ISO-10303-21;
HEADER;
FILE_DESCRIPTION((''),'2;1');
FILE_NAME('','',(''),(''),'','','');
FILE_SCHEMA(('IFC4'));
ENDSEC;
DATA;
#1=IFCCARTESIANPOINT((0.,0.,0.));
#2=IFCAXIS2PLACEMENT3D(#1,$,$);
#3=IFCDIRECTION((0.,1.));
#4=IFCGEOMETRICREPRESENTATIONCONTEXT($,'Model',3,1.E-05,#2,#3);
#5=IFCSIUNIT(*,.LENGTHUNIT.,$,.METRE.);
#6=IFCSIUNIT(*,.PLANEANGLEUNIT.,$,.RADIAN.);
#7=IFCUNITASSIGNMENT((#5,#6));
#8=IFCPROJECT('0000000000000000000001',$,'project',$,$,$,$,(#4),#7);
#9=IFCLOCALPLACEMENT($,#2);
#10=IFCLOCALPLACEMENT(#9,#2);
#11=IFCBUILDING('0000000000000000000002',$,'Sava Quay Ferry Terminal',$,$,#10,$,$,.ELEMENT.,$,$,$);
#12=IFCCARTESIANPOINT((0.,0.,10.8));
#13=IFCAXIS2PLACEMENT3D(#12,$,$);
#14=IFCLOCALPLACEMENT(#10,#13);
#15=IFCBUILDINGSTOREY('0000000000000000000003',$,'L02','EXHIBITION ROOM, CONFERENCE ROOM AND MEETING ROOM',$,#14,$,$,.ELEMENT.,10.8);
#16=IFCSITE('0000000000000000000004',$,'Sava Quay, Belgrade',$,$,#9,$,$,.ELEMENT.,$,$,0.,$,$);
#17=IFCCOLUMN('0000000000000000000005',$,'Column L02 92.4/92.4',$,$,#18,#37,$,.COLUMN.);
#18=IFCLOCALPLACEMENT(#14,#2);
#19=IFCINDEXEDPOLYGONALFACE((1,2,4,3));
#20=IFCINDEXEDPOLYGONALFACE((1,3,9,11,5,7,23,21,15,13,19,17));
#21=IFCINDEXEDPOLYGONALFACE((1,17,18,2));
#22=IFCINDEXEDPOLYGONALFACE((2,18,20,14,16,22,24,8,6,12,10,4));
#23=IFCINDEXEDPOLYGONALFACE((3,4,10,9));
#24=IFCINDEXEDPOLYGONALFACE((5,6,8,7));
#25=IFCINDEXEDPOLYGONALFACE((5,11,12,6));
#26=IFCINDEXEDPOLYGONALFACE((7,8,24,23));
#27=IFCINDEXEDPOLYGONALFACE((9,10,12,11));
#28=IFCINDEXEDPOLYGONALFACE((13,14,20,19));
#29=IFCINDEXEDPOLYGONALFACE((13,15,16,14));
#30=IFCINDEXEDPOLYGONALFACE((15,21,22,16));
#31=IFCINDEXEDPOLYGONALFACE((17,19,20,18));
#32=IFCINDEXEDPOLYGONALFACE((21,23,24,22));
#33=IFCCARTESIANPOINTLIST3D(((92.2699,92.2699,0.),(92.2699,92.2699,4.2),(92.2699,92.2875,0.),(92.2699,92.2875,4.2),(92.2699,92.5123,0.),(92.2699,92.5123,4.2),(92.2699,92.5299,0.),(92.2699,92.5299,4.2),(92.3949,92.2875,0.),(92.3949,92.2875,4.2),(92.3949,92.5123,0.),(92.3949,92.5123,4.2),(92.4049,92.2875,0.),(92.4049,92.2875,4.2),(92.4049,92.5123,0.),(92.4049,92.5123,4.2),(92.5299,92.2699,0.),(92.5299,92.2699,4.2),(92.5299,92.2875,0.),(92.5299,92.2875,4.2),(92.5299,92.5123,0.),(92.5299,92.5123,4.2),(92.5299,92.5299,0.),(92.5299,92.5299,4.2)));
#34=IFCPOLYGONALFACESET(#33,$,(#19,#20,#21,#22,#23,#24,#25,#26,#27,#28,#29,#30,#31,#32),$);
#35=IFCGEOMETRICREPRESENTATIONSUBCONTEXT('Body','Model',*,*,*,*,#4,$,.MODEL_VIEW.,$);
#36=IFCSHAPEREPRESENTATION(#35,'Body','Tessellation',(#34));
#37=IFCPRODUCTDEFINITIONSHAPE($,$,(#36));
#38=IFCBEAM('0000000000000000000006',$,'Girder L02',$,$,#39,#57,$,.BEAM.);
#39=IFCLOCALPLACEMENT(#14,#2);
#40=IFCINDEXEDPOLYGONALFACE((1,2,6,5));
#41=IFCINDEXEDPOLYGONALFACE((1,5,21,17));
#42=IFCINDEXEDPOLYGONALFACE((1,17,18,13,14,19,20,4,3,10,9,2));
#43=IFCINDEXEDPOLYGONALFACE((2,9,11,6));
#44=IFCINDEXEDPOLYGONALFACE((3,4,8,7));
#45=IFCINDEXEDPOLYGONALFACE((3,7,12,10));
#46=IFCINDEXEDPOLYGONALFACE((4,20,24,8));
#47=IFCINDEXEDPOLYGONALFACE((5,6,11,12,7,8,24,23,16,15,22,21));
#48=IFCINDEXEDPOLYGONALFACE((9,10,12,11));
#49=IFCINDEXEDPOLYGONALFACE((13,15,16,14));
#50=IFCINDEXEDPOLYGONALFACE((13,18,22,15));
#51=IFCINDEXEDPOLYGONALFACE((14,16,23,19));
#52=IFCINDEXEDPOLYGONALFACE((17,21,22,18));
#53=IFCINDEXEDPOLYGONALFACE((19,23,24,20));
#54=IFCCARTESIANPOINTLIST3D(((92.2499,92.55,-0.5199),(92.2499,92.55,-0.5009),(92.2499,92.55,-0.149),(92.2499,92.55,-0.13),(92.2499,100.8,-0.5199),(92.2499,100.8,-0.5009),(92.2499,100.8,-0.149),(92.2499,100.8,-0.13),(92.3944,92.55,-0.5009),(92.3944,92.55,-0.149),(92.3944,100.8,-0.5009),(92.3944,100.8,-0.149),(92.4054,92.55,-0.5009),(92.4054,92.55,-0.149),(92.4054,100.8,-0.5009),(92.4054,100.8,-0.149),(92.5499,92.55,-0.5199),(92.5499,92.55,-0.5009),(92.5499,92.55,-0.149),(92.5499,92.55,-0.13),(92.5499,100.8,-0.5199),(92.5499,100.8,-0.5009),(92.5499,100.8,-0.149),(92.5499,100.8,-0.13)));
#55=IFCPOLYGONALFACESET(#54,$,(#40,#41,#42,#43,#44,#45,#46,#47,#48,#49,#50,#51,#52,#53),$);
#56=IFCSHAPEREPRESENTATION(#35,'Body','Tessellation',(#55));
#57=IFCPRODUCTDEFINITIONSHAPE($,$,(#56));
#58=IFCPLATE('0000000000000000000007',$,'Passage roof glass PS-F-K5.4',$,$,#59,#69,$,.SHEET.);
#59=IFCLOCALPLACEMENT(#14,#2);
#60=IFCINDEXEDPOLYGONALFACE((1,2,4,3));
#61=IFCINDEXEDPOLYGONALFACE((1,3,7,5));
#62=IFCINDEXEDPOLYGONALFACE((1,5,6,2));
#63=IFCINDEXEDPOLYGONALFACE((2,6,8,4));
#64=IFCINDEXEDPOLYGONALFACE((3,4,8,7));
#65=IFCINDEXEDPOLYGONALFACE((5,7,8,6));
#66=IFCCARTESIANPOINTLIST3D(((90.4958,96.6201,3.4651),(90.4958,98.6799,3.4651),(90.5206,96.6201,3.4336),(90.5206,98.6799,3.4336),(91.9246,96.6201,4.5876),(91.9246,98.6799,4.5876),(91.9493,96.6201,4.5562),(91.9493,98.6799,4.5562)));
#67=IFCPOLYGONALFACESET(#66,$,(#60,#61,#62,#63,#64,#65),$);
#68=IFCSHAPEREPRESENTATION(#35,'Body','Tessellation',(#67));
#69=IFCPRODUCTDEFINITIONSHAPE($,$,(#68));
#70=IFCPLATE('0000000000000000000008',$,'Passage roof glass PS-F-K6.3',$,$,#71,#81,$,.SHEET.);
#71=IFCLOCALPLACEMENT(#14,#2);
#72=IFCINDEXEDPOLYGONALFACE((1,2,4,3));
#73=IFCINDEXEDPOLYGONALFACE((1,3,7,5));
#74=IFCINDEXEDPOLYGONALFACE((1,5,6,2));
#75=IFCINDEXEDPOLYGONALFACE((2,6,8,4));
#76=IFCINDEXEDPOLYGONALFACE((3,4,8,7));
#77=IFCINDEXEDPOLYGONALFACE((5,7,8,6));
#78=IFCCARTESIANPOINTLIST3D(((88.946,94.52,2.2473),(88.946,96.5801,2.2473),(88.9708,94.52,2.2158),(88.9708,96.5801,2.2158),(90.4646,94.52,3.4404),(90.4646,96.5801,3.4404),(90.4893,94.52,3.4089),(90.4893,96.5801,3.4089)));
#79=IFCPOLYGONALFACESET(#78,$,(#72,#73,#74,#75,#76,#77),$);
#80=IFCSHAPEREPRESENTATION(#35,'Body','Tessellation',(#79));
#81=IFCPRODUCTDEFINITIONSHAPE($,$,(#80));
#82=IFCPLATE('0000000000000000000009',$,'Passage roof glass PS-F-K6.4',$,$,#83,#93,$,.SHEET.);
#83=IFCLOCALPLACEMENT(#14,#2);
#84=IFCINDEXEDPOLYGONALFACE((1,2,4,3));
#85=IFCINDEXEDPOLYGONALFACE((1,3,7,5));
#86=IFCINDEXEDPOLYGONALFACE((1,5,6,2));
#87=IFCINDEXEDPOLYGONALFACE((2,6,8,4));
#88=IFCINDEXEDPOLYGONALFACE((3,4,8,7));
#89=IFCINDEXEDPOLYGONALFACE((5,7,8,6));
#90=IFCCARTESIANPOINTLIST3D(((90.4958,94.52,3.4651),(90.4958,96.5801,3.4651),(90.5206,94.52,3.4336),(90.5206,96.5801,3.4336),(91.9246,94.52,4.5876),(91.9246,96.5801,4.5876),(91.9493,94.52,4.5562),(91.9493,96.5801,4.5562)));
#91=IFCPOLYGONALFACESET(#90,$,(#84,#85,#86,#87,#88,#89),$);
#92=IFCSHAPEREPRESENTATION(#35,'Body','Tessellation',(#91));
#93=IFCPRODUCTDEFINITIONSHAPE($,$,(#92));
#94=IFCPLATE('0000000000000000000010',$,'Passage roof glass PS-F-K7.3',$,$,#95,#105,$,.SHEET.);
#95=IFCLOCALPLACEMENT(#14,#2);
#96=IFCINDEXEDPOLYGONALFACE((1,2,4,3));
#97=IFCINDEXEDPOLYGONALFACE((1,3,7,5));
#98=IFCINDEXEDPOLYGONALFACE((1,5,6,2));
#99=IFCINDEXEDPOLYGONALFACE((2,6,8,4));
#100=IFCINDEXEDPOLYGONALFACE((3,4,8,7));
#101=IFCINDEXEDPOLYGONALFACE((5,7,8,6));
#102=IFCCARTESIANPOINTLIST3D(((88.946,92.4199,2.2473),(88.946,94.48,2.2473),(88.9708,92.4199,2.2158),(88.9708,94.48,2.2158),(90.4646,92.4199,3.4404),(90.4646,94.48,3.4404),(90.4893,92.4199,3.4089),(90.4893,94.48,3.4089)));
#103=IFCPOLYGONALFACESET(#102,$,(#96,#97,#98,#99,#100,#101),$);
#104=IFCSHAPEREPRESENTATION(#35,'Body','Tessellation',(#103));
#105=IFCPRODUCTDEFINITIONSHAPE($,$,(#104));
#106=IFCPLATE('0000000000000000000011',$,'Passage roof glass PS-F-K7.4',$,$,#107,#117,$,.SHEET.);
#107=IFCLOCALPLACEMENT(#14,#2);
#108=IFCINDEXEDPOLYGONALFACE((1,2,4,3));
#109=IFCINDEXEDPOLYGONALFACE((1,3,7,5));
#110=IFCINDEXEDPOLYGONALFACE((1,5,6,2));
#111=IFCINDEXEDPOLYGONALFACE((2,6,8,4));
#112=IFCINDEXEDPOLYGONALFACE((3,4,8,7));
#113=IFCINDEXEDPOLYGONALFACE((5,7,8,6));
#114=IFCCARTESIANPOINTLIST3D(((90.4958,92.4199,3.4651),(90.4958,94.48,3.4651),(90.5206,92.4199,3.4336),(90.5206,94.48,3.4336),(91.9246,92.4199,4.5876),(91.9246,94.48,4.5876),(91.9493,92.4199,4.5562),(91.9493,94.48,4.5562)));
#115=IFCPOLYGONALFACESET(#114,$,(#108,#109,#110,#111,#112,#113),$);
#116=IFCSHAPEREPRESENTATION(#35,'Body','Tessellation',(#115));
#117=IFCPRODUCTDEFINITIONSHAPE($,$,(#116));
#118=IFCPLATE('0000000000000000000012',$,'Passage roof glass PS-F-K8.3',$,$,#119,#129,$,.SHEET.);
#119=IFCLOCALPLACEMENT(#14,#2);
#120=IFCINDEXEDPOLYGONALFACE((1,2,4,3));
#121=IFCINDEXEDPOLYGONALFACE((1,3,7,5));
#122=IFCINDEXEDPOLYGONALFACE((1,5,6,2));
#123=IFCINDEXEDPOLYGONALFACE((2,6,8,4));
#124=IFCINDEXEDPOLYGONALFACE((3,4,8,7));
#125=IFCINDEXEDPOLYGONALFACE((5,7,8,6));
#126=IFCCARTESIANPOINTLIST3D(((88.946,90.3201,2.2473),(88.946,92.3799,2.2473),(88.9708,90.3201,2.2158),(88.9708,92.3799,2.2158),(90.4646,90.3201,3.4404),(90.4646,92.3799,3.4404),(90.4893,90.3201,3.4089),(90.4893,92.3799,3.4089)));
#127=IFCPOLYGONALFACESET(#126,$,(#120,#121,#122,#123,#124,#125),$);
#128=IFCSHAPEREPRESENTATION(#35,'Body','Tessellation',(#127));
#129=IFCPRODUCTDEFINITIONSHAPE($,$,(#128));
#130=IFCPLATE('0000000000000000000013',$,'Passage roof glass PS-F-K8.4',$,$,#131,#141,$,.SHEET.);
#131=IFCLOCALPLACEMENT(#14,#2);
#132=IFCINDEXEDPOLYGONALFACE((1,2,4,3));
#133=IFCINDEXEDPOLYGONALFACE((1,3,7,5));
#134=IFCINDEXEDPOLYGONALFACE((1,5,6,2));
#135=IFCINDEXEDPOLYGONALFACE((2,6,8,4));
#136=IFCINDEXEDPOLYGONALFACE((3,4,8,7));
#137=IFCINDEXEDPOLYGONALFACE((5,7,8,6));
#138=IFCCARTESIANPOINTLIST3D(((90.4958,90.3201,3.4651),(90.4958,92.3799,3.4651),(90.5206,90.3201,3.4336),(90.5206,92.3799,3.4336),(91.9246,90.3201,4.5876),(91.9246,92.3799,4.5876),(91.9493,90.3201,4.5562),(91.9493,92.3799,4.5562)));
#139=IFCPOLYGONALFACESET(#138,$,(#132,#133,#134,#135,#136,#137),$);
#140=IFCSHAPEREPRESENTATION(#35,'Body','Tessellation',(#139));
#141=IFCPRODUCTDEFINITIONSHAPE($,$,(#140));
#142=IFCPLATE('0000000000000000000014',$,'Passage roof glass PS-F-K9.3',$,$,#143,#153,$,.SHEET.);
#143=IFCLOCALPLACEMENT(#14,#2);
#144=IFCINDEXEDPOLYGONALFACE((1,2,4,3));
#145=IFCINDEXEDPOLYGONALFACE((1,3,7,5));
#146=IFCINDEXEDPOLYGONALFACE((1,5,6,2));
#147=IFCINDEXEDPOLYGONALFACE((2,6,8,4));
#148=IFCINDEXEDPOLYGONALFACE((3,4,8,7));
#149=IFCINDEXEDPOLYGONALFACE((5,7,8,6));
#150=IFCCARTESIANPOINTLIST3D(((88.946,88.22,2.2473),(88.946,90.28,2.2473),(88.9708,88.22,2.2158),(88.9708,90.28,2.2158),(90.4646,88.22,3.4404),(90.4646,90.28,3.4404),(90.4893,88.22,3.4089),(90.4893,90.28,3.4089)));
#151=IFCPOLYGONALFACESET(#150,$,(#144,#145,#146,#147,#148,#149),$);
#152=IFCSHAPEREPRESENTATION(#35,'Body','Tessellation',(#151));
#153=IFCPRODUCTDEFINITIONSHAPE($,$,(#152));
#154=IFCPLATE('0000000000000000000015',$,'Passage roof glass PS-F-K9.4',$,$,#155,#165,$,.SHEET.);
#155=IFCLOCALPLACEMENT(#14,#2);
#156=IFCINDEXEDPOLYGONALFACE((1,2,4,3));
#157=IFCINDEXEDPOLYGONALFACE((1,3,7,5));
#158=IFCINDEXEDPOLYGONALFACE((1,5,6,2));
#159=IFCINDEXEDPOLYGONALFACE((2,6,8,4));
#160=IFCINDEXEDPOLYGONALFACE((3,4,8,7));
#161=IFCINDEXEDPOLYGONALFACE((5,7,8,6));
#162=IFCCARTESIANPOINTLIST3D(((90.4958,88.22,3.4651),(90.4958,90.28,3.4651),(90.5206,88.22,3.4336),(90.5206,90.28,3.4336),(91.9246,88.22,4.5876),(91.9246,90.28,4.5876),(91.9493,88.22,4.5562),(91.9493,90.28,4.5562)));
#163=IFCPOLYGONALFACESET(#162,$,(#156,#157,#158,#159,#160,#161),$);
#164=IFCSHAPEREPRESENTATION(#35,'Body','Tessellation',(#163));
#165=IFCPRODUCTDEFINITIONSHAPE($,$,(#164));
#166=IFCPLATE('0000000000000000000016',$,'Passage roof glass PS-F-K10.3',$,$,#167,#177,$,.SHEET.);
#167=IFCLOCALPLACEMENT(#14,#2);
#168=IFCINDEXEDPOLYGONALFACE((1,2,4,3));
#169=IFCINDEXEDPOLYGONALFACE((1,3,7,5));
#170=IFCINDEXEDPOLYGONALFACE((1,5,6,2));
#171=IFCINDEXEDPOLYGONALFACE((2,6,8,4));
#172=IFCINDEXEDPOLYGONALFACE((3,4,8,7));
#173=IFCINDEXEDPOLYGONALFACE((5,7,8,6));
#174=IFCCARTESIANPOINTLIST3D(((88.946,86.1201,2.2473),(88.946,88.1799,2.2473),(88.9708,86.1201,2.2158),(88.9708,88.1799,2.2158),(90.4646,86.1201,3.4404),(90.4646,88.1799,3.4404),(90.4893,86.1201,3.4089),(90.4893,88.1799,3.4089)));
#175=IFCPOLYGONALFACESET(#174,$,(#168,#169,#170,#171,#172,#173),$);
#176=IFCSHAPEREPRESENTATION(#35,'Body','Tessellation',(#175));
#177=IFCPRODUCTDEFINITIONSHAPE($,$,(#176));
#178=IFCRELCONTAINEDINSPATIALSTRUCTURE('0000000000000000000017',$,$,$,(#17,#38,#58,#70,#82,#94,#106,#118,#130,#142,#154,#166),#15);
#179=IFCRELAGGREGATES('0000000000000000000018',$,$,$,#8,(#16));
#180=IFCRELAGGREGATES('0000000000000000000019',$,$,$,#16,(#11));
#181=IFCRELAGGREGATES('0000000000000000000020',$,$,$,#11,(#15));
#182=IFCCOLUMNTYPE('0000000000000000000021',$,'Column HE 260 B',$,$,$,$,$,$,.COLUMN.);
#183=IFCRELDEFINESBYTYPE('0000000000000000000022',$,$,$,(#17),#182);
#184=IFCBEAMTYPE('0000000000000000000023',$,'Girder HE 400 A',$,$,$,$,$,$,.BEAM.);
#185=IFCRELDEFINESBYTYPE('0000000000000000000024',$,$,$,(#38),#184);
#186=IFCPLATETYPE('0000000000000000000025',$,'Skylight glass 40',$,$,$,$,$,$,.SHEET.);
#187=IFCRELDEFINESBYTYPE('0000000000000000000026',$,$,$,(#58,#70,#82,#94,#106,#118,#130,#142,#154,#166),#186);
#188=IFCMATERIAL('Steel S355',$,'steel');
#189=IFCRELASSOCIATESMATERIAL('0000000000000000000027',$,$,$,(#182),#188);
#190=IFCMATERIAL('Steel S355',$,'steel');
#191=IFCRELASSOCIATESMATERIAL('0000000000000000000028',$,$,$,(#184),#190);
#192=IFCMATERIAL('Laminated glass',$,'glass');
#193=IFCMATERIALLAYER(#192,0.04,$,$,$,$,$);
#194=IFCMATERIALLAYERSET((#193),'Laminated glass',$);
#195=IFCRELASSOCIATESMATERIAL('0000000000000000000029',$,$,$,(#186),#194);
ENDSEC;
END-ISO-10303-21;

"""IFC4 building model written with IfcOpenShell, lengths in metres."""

from ifc_helpers import new_model, si_unit, direction, frame, origin, origin_2d, place, context, subcontext, project, spatial, polyline, i_section, outline, extrude, material, layer, layer_set, material_profile, profile_set, type_object, element, save


model = new_model("IFC4")

# Units and contexts
model_context = context("Model", 3, precision=1e-05, world=origin(), true_north=direction((0.0, 1.0)))
body_context = subcontext(model_context, "Body", "Model", "MODEL_VIEW")
ifc_project = project(units=[si_unit("LENGTHUNIT", "METRE"), si_unit("PLANEANGLEUNIT", "RADIAN")], contexts=[model_context])

# Site, building, storey
site_placement = place(None, origin())
site = spatial("IfcSite", under=ifc_project, at=site_placement, Name="Sava Quay, Belgrade", CompositionType="ELEMENT", RefElevation=0.0)
building_placement = place(site_placement, origin())
building = spatial("IfcBuilding", under=site, at=building_placement, Name="Sava Quay Ferry Terminal", CompositionType="ELEMENT")
storey_placement = place(building_placement, frame((0.0, 0.0, 10.8)))
storey = spatial("IfcBuildingStorey", under=building, at=storey_placement, Name="L02", Description="EXHIBITION ROOM, CONFERENCE ROOM AND MEETING ROOM", CompositionType="ELEMENT", Elevation=10.8)

# Column
ifc_material_1 = material(Name="Steel S355", Category="steel")
ifc_material_profile_1 = material_profile(ifc_material_1, i_section(OverallWidth=0.26, OverallDepth=0.26, WebThickness=0.01, FlangeThickness=0.0176, at=origin_2d()), Name="HE 260 B")
ifc_profile_set_1 = profile_set([ifc_material_profile_1], Name="Steel S355")
column_type = type_object("IfcColumnType", Name="Column HE 260 B", PredefinedType="COLUMN", material=ifc_profile_set_1)
column_placement = place(storey_placement, frame((92.3999, 92.3999, 0.0), z_axis=(0.0, 0.0, 1.0), x_axis=(1.0, 0.0, 0.0)))
element("IfcColumn", 1, at=column_placement, inside=storey, type_object=column_type, Name="Column L02 92.4/92.4", PredefinedType="COLUMN", context=body_context, shape_type="SweptSolid", body=[
    extrude(i_section(OverallWidth=0.26, OverallDepth=0.26, WebThickness=0.01, FlangeThickness=0.0176, at=origin_2d()), origin(), (0.0, 0.0, 1.0), 4.2),
])

# Beam
ifc_material_2 = material(Name="Steel S355", Category="steel")
ifc_material_profile_2 = material_profile(ifc_material_2, i_section(OverallWidth=0.3, OverallDepth=0.3899, WebThickness=0.011, FlangeThickness=0.019, at=origin_2d()), Name="HE 400 A")
ifc_profile_set_2 = profile_set([ifc_material_profile_2], Name="Steel S355")
beam_type = type_object("IfcBeamType", Name="Girder HE 400 A", PredefinedType="BEAM", material=ifc_profile_set_2)
beam_placement = place(storey_placement, frame((92.3999, 92.55, -0.325), z_axis=(0.0, 1.0, 0.0), x_axis=(-1.0, 0.0, 0.0)))
element("IfcBeam", 2, at=beam_placement, inside=storey, type_object=beam_type, Name="Girder L02", PredefinedType="BEAM", context=body_context, shape_type="SweptSolid", body=[
    extrude(i_section(OverallWidth=0.3, OverallDepth=0.3899, WebThickness=0.011, FlangeThickness=0.019, at=origin_2d()), origin(), (0.0, 0.0, 1.0), 8.25),
])

# Plates
ifc_material_3 = material(Name="Laminated glass", Category="glass")
ifc_layer_1 = layer(ifc_material_3, 0.04)
ifc_layer_set_1 = layer_set([ifc_layer_1], Name="Laminated glass")
plate_type = type_object("IfcPlateType", Name="Skylight glass 40", PredefinedType="SHEET", material=ifc_layer_set_1)
plate_1_placement = place(storey_placement, frame((90.4958, 96.6201, 3.4651), z_axis=(-0.617822, 0.0, 0.786318), x_axis=(0.0, 1.0, 0.0)))
element("IfcPlate", 3, at=plate_1_placement, inside=storey, type_object=plate_type, Name="Passage roof glass PS-F-K5.4", PredefinedType="SHEET", context=body_context, shape_type="SweptSolid", body=[
    extrude(outline(polyline([(0.0, 0.0), (2.0598, 0.0), (2.0598, -1.817), (0.0, -1.817), (0.0, 0.0)])), origin(), (0.0, 0.0, -1.0), 0.04),
])
plate_2_placement = place(storey_placement, frame((88.946, 96.5801, 2.2473), z_axis=(-0.61781, 0.0, 0.786327), x_axis=(0.786327, 0.0, 0.61781)))
element("IfcPlate", 4, at=plate_2_placement, inside=storey, type_object=plate_type, Name="Passage roof glass PS-F-K6.3", PredefinedType="SHEET", context=body_context, shape_type="SweptSolid", body=[
    extrude(outline(polyline([(0.0, 0.0), (1.9312, 0.0), (1.9312, -2.0601), (0.0, -2.0601), (0.0, 0.0)])), origin(), (0.0, 0.0, -1.0), 0.04),
])
plate_3_placement = place(storey_placement, frame((90.4958, 94.52, 3.4651), z_axis=(-0.617822, 0.0, 0.786318), x_axis=(0.0, 1.0, 0.0)))
element("IfcPlate", 5, at=plate_3_placement, inside=storey, type_object=plate_type, Name="Passage roof glass PS-F-K6.4", PredefinedType="SHEET", context=body_context, shape_type="SweptSolid", body=[
    extrude(outline(polyline([(0.0, 0.0), (2.0601, 0.0), (2.0601, -1.817), (0.0, -1.817), (0.0, 0.0)])), origin(), (0.0, 0.0, -1.0), 0.04),
])
plate_4_placement = place(storey_placement, frame((88.946, 94.48, 2.2473), z_axis=(-0.61781, 0.0, 0.786327), x_axis=(0.786327, 0.0, 0.61781)))
element("IfcPlate", 6, at=plate_4_placement, inside=storey, type_object=plate_type, Name="Passage roof glass PS-F-K7.3", PredefinedType="SHEET", context=body_context, shape_type="SweptSolid", body=[
    extrude(outline(polyline([(0.0, 0.0), (1.9312, 0.0), (1.9312, -2.0601), (0.0, -2.0601), (0.0, 0.0)])), origin(), (0.0, 0.0, -1.0), 0.04),
])
plate_5_placement = place(storey_placement, frame((90.4958, 92.4199, 3.4651), z_axis=(-0.617822, 0.0, 0.786318), x_axis=(0.0, 1.0, 0.0)))
element("IfcPlate", 7, at=plate_5_placement, inside=storey, type_object=plate_type, Name="Passage roof glass PS-F-K7.4", PredefinedType="SHEET", context=body_context, shape_type="SweptSolid", body=[
    extrude(outline(polyline([(0.0, 0.0), (2.0601, 0.0), (2.0601, -1.817), (0.0, -1.817), (0.0, 0.0)])), origin(), (0.0, 0.0, -1.0), 0.04),
])
plate_6_placement = place(storey_placement, frame((88.946, 92.3799, 2.2473), z_axis=(-0.61781, 0.0, 0.786327), x_axis=(0.786327, 0.0, 0.61781)))
element("IfcPlate", 8, at=plate_6_placement, inside=storey, type_object=plate_type, Name="Passage roof glass PS-F-K8.3", PredefinedType="SHEET", context=body_context, shape_type="SweptSolid", body=[
    extrude(outline(polyline([(0.0, 0.0), (1.9312, 0.0), (1.9312, -2.0598), (0.0, -2.0598), (0.0, 0.0)])), origin(), (0.0, 0.0, -1.0), 0.04),
])
plate_7_placement = place(storey_placement, frame((90.4958, 90.3201, 3.4651), z_axis=(-0.617822, 0.0, 0.786318), x_axis=(0.0, 1.0, 0.0)))
element("IfcPlate", 9, at=plate_7_placement, inside=storey, type_object=plate_type, Name="Passage roof glass PS-F-K8.4", PredefinedType="SHEET", context=body_context, shape_type="SweptSolid", body=[
    extrude(outline(polyline([(0.0, 0.0), (2.0598, 0.0), (2.0598, -1.817), (0.0, -1.817), (0.0, 0.0)])), origin(), (0.0, 0.0, -1.0), 0.04),
])
plate_8_placement = place(storey_placement, frame((88.946, 90.28, 2.2473), z_axis=(-0.61781, 0.0, 0.786327), x_axis=(0.786327, 0.0, 0.61781)))
element("IfcPlate", 10, at=plate_8_placement, inside=storey, type_object=plate_type, Name="Passage roof glass PS-F-K9.3", PredefinedType="SHEET", context=body_context, shape_type="SweptSolid", body=[
    extrude(outline(polyline([(0.0, 0.0), (1.9312, 0.0), (1.9312, -2.0601), (0.0, -2.0601), (0.0, 0.0)])), origin(), (0.0, 0.0, -1.0), 0.04),
])
plate_9_placement = place(storey_placement, frame((90.4958, 88.22, 3.4651), z_axis=(-0.617822, 0.0, 0.786318), x_axis=(0.0, 1.0, 0.0)))
element("IfcPlate", 11, at=plate_9_placement, inside=storey, type_object=plate_type, Name="Passage roof glass PS-F-K9.4", PredefinedType="SHEET", context=body_context, shape_type="SweptSolid", body=[
    extrude(outline(polyline([(0.0, 0.0), (2.0601, 0.0), (2.0601, -1.817), (0.0, -1.817), (0.0, 0.0)])), origin(), (0.0, 0.0, -1.0), 0.04),
])
plate_10_placement = place(storey_placement, frame((88.946, 88.1799, 2.2473), z_axis=(-0.61781, 0.0, 0.786327), x_axis=(0.786327, 0.0, 0.61781)))
element("IfcPlate", 12, at=plate_10_placement, inside=storey, type_object=plate_type, Name="Passage roof glass PS-F-K10.3", PredefinedType="SHEET", context=body_context, shape_type="SweptSolid", body=[
    extrude(outline(polyline([(0.0, 0.0), (1.9312, 0.0), (1.9312, -2.0598), (0.0, -2.0598), (0.0, 0.0)])), origin(), (0.0, 0.0, -1.0), 0.04),
])

save(model, "model.ifc")
